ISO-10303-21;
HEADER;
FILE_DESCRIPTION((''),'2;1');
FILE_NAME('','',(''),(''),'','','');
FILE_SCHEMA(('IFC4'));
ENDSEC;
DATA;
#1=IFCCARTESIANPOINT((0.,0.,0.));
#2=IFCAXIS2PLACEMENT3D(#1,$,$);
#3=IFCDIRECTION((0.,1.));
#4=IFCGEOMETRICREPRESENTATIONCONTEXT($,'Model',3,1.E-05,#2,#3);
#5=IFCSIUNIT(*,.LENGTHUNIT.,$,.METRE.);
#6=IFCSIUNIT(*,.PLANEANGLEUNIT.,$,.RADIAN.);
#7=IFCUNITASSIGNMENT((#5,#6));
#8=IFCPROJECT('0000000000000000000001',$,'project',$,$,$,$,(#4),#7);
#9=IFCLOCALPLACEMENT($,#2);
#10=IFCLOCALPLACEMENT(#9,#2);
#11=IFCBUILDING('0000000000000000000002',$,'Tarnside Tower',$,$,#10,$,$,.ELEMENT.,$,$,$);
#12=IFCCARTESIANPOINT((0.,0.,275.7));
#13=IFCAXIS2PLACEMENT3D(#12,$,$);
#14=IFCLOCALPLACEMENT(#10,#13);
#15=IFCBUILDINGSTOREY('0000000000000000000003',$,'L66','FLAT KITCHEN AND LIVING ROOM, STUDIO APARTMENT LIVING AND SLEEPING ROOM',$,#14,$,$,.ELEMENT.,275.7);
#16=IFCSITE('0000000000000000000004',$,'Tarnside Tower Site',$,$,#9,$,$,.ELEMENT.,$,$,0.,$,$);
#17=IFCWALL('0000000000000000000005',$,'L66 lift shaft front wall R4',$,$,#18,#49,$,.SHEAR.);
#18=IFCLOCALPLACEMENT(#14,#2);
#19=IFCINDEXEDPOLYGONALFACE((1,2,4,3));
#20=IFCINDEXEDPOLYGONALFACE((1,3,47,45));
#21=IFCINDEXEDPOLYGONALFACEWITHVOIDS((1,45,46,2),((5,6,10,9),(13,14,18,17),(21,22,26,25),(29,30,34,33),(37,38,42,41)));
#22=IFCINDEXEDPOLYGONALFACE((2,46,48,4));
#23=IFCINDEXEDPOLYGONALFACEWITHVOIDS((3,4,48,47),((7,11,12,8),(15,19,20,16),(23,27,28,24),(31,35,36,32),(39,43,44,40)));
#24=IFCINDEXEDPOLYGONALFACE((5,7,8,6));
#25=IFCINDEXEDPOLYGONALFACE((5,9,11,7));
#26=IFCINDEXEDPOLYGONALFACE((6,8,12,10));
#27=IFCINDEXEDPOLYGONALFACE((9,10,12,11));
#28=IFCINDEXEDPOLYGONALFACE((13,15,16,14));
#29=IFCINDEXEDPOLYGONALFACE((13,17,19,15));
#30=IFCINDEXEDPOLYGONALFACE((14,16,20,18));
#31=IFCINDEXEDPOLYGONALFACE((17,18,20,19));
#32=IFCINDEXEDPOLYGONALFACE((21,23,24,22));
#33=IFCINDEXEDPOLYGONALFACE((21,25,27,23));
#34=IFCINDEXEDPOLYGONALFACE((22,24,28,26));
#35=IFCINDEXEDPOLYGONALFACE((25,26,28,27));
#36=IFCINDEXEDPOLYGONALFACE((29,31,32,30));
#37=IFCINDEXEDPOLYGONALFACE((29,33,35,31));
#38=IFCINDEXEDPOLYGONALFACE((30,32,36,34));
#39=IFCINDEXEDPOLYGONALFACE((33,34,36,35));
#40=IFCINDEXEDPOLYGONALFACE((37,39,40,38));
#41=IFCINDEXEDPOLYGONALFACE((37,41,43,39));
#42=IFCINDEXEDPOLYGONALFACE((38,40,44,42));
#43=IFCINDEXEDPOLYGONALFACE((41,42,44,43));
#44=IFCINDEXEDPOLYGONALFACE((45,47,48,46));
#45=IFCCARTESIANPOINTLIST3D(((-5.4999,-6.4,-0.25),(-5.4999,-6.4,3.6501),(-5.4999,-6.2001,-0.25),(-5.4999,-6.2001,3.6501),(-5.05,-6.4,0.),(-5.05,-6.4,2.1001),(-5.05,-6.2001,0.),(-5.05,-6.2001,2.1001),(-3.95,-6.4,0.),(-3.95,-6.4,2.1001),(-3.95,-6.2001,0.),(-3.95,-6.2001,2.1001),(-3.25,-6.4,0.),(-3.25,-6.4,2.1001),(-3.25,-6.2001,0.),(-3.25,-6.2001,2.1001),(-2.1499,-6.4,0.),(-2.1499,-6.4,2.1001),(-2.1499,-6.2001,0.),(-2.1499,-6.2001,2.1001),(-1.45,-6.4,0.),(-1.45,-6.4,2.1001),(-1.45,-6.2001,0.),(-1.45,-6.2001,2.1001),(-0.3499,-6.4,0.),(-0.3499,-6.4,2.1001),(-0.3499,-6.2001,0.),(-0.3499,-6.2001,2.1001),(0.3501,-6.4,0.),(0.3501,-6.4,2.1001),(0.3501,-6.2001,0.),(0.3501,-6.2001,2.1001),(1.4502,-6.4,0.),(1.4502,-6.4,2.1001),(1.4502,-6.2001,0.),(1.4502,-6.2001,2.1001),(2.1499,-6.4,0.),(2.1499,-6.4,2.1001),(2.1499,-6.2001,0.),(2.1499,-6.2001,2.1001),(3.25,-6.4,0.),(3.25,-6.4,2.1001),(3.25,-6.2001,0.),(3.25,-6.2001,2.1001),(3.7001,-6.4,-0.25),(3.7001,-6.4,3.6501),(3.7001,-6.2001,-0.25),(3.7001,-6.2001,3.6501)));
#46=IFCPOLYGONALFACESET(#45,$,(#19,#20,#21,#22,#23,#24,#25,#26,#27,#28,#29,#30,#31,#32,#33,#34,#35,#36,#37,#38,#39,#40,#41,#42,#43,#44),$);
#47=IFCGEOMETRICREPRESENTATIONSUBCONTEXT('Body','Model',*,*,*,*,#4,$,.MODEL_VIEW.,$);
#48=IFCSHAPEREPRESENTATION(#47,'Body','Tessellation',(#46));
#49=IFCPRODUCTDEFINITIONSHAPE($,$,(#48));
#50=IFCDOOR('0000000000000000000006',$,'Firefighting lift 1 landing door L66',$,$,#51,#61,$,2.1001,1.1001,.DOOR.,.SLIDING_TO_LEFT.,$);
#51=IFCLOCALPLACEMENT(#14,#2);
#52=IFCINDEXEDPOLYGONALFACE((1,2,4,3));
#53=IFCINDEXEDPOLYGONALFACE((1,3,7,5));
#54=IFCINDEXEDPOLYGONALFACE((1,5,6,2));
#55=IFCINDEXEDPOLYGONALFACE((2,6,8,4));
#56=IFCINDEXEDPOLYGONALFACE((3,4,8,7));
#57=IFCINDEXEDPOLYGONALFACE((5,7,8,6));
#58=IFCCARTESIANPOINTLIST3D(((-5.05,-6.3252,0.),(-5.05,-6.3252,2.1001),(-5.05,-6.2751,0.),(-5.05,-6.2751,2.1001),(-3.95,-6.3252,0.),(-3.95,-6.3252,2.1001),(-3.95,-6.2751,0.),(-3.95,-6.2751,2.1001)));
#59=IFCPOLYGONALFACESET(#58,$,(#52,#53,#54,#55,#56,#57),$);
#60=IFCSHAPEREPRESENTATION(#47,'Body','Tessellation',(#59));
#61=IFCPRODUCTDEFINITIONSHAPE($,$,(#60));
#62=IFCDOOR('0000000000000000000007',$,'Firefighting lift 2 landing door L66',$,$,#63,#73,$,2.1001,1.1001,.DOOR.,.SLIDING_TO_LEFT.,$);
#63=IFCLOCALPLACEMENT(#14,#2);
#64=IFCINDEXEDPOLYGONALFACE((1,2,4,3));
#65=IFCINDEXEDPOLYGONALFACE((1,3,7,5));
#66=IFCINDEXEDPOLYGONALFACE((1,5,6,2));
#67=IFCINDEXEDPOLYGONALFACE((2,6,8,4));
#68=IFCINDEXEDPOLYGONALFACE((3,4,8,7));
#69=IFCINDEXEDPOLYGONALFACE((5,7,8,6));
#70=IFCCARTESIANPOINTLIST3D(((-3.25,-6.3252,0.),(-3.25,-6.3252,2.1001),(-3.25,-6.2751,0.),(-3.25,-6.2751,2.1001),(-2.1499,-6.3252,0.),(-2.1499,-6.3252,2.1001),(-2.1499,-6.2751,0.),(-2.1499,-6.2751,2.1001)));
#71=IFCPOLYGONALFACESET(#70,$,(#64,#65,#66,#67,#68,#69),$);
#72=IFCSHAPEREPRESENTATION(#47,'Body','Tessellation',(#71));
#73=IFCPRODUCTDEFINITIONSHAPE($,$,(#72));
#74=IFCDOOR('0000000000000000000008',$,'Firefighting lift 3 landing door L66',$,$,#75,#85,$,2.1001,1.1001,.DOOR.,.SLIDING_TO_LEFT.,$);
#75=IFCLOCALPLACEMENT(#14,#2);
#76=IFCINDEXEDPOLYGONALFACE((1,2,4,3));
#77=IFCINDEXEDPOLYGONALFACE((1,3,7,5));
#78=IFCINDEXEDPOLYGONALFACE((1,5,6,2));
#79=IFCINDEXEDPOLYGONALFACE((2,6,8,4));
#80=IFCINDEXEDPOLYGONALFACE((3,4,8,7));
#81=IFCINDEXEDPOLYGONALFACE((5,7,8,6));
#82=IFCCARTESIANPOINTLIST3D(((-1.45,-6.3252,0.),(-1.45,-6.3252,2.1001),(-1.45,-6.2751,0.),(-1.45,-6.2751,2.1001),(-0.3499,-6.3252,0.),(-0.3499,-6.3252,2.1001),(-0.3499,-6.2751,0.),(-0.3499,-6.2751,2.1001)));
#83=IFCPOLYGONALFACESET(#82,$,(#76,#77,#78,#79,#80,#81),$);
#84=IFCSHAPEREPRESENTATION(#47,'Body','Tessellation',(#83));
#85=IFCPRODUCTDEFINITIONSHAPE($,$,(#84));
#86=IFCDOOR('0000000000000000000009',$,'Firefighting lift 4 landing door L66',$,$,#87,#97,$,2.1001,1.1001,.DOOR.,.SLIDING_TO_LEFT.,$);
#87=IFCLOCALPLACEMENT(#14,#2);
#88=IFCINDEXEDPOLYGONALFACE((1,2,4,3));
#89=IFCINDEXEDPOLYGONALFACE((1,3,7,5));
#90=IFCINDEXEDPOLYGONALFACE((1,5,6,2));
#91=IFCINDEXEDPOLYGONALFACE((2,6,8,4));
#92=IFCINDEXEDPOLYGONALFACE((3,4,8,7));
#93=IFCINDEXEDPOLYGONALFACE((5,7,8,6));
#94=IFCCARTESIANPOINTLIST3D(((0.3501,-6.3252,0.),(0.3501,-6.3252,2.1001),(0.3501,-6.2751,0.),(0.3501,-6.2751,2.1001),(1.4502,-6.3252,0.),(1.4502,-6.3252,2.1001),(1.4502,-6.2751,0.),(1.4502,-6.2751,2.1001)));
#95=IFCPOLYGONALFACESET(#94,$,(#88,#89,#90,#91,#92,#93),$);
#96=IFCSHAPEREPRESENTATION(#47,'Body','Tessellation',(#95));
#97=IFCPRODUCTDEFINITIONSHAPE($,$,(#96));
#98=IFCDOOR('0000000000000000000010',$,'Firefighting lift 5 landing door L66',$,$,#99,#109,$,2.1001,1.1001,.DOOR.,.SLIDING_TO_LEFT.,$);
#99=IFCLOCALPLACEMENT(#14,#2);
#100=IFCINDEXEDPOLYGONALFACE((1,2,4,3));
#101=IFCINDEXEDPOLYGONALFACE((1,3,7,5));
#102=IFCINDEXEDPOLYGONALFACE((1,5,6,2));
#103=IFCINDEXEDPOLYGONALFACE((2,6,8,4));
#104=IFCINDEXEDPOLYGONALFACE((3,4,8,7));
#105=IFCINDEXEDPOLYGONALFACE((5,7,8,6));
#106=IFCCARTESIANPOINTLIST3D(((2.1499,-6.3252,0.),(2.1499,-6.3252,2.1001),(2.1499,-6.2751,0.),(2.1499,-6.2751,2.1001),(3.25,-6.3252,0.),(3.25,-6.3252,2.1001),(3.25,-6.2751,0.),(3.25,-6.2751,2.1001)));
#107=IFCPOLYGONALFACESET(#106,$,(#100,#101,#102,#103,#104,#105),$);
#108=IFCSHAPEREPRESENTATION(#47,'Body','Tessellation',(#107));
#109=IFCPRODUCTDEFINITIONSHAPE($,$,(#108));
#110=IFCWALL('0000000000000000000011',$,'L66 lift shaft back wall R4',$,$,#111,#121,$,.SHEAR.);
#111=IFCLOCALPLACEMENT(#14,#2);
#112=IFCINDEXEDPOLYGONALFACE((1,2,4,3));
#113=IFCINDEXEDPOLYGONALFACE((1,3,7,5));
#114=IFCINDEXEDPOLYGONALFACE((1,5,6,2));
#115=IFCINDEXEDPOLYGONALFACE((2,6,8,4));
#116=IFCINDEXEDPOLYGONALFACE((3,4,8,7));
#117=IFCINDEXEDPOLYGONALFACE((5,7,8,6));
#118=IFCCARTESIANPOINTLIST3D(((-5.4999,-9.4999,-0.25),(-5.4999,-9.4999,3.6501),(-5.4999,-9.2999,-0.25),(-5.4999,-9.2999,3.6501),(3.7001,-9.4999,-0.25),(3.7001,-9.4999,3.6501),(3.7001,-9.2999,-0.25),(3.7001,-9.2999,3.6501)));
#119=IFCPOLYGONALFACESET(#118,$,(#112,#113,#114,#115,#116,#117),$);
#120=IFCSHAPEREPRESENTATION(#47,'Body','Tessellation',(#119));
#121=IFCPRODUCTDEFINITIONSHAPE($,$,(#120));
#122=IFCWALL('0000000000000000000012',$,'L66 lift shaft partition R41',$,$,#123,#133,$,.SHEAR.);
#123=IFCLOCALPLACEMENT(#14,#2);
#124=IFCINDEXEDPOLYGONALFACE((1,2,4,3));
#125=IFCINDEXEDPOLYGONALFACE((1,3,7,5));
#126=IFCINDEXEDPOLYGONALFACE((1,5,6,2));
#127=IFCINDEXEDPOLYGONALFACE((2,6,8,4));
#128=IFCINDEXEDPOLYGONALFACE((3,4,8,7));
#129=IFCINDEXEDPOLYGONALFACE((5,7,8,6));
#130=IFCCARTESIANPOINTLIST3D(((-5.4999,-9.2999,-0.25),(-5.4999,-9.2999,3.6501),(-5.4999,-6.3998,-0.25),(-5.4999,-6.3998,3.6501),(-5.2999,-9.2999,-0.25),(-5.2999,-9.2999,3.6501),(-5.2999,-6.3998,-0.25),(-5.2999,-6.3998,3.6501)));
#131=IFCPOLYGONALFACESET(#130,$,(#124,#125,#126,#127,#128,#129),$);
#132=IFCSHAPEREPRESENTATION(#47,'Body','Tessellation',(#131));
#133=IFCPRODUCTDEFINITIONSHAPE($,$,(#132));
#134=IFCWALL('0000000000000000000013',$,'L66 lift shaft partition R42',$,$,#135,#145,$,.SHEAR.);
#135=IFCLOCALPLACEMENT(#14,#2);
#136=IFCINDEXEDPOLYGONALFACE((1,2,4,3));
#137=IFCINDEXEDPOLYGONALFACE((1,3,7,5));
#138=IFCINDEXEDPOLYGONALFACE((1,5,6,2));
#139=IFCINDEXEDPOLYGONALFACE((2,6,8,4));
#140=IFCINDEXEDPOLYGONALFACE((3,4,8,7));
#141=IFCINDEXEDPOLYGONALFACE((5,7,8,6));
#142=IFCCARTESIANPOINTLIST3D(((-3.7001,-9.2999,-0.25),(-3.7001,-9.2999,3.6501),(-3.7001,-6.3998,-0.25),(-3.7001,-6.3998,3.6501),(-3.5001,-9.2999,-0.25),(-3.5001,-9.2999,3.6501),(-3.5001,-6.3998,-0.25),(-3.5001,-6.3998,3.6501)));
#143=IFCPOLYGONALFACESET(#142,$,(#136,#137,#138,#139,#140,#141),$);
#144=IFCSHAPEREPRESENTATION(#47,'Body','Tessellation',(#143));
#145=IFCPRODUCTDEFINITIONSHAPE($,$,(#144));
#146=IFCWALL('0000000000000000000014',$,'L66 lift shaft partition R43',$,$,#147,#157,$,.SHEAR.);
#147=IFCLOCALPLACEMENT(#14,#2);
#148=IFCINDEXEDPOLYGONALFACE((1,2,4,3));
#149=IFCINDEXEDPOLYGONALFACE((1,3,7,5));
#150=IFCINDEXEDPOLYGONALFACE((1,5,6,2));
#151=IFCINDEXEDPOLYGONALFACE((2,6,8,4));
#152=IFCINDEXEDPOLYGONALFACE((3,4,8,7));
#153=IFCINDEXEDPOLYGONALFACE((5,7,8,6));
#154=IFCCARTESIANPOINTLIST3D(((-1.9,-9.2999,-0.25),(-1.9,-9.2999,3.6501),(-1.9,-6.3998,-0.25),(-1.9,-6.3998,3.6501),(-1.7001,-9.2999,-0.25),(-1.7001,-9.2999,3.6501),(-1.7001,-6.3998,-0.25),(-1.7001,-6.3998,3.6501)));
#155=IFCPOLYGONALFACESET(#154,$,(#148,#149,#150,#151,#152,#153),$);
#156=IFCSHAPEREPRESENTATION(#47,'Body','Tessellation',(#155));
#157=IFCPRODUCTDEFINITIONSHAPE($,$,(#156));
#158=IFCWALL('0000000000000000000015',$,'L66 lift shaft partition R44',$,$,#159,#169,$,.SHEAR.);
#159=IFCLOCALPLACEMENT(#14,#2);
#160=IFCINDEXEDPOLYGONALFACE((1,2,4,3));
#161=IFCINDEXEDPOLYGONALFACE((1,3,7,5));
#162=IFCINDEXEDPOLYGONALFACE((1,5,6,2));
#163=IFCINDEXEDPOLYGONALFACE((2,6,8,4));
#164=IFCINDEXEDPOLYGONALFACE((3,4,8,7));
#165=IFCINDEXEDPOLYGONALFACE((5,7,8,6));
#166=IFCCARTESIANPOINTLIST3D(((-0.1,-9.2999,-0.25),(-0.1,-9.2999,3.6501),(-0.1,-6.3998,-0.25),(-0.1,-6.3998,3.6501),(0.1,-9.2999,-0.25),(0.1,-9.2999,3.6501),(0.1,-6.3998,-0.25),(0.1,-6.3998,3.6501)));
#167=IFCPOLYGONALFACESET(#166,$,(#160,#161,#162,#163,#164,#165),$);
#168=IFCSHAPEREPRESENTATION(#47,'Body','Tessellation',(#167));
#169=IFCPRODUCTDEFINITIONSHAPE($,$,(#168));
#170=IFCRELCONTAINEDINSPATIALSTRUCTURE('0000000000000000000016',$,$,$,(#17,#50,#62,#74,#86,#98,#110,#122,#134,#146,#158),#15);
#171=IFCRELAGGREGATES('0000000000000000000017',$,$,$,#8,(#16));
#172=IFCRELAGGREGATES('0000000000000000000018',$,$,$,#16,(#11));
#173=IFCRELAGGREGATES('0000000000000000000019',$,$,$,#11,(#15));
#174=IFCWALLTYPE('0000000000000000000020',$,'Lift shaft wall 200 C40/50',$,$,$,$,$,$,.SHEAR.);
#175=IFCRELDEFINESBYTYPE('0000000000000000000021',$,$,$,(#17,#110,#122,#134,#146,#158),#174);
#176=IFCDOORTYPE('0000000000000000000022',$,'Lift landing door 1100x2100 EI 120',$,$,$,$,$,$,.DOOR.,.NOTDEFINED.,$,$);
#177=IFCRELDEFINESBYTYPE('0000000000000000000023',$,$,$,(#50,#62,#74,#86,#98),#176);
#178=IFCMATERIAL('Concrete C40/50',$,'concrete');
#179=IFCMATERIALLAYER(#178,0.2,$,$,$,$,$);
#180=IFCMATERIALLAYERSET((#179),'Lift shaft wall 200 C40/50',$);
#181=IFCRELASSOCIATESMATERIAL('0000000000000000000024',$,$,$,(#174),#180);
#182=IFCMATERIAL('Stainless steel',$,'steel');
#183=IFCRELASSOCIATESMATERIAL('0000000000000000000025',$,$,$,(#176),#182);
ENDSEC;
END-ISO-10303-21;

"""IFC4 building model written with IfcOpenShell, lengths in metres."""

from ifc_helpers import new_model, si_unit, direction, frame, frame_2d, origin, place, context, subcontext, project, spatial, rectangle, extrude, material, layer, layer_set, type_object, element, fill, save


model = new_model("IFC4")

# Units and contexts
model_context = context("Model", 3, precision=1e-05, world=origin(), true_north=direction((0.0, 1.0)))
body_context = subcontext(model_context, "Body", "Model", "MODEL_VIEW")
ifc_project = project(units=[si_unit("LENGTHUNIT", "METRE"), si_unit("PLANEANGLEUNIT", "RADIAN")], contexts=[model_context])

# Site, building, storey
site_placement = place(None, origin())
site = spatial("IfcSite", under=ifc_project, at=site_placement, Name="Tarnside Tower Site", CompositionType="ELEMENT", RefElevation=0.0)
building_placement = place(site_placement, origin())
building = spatial("IfcBuilding", under=site, at=building_placement, Name="Tarnside Tower", CompositionType="ELEMENT")
storey_placement = place(building_placement, frame((0.0, 0.0, 275.7)))
storey = spatial("IfcBuildingStorey", under=building, at=storey_placement, Name="L66", Description="FLAT KITCHEN AND LIVING ROOM, STUDIO APARTMENT LIVING AND SLEEPING ROOM", CompositionType="ELEMENT", Elevation=275.7)

# Shared definitions
ifc_material_1 = material(Name="Concrete C40/50", Category="concrete")

# Wall, openings, doors
ifc_layer_1 = layer(ifc_material_1, 0.2)
ifc_layer_set_1 = layer_set([ifc_layer_1], Name="Lift shaft wall 200 C40/50")
wall_type_1 = type_object("IfcWallType", Name="Lift shaft wall 200 C40/50", PredefinedType="SHEAR", material=ifc_layer_set_1)
wall_1_placement = place(storey_placement, frame((-5.5, -6.3, -0.25), z_axis=(0.0, 0.0, 1.0), x_axis=(1.0, 0.0, 0.0)))
wall_1 = element("IfcWall", 1, at=wall_1_placement, inside=storey, type_object=wall_type_1, Name="L66 lift shaft front wall R4", PredefinedType="SHEAR", context=body_context, shape_type="SweptSolid", body=[
    extrude(rectangle(XDim=9.2, YDim=0.2, at=frame_2d((4.6001, 0.0))), origin(), (0.0, 0.0, 1.0), 3.9001),
])
opening_1_placement = place(wall_1_placement, frame((0.45, 0.0, 0.25)))
opening_1 = element("IfcOpeningElement", 2, at=opening_1_placement, cuts=wall_1, PredefinedType="OPENING", context=body_context, shape_type="SweptSolid", body=[
    extrude(rectangle(XDim=1.1001, YDim=2.1001, at=frame_2d((0.55, 1.05))), frame((0.0, 0.1099, 0.0), z_axis=(0.0, -1.0, 0.0), x_axis=(1.0, 0.0, 0.0)), (0.0, 0.0, 1.0), 0.22),
])
opening_2_placement = place(wall_1_placement, frame((2.25, 0.0, 0.25)))
opening_2 = element("IfcOpeningElement", 3, at=opening_2_placement, cuts=wall_1, PredefinedType="OPENING", context=body_context, shape_type="SweptSolid", body=[
    extrude(rectangle(XDim=1.1001, YDim=2.1001, at=frame_2d((0.55, 1.05))), frame((0.0, 0.1099, 0.0), z_axis=(0.0, -1.0, 0.0), x_axis=(1.0, 0.0, 0.0)), (0.0, 0.0, 1.0), 0.22),
])
opening_3_placement = place(wall_1_placement, frame((4.05, 0.0, 0.25)))
opening_3 = element("IfcOpeningElement", 4, at=opening_3_placement, cuts=wall_1, PredefinedType="OPENING", context=body_context, shape_type="SweptSolid", body=[
    extrude(rectangle(XDim=1.1001, YDim=2.1001, at=frame_2d((0.55, 1.05))), frame((0.0, 0.1099, 0.0), z_axis=(0.0, -1.0, 0.0), x_axis=(1.0, 0.0, 0.0)), (0.0, 0.0, 1.0), 0.22),
])
opening_4_placement = place(wall_1_placement, frame((5.8501, 0.0, 0.25)))
opening_4 = element("IfcOpeningElement", 5, at=opening_4_placement, cuts=wall_1, PredefinedType="OPENING", context=body_context, shape_type="SweptSolid", body=[
    extrude(rectangle(XDim=1.1001, YDim=2.1001, at=frame_2d((0.55, 1.05))), frame((0.0, 0.1099, 0.0), z_axis=(0.0, -1.0, 0.0), x_axis=(1.0, 0.0, 0.0)), (0.0, 0.0, 1.0), 0.22),
])
opening_5_placement = place(wall_1_placement, frame((7.6499, 0.0, 0.25)))
opening_5 = element("IfcOpeningElement", 6, at=opening_5_placement, cuts=wall_1, PredefinedType="OPENING", context=body_context, shape_type="SweptSolid", body=[
    extrude(rectangle(XDim=1.1001, YDim=2.1001, at=frame_2d((0.55, 1.05))), frame((0.0, 0.1099, 0.0), z_axis=(0.0, -1.0, 0.0), x_axis=(1.0, 0.0, 0.0)), (0.0, 0.0, 1.0), 0.22),
])
ifc_material_2 = material(Name="Stainless steel", Category="steel")
door_type_1 = type_object("IfcDoorType", Name="Lift landing door 1100x2100 EI 120", OperationType="NOTDEFINED", PredefinedType="DOOR", material=ifc_material_2)
door_1_placement = place(opening_1_placement, origin())
door_1 = element("IfcDoor", 7, at=door_1_placement, inside=storey, type_object=door_type_1, Name="Firefighting lift 1 landing door L66", OperationType="SLIDING_TO_LEFT", OverallHeight=2.1001, OverallWidth=1.1001, PredefinedType="DOOR", context=body_context, shape_type="SweptSolid", body=[
    extrude(rectangle(XDim=1.1001, YDim=2.1001, at=frame_2d((0.55, 1.05))), frame((0.0, 0.0249, 0.0), z_axis=(0.0, -1.0, 0.0), x_axis=(1.0, 0.0, 0.0)), (0.0, 0.0, 1.0), 0.05),
])
fill(opening_1, door_1)
door_2_placement = place(opening_2_placement, origin())
door_2 = element("IfcDoor", 8, at=door_2_placement, inside=storey, type_object=door_type_1, Name="Firefighting lift 2 landing door L66", OperationType="SLIDING_TO_LEFT", OverallHeight=2.1001, OverallWidth=1.1001, PredefinedType="DOOR", context=body_context, shape_type="SweptSolid", body=[
    extrude(rectangle(XDim=1.1001, YDim=2.1001, at=frame_2d((0.55, 1.05))), frame((0.0, 0.0249, 0.0), z_axis=(0.0, -1.0, 0.0), x_axis=(1.0, 0.0, 0.0)), (0.0, 0.0, 1.0), 0.05),
])
fill(opening_2, door_2)
door_3_placement = place(opening_3_placement, origin())
door_3 = element("IfcDoor", 9, at=door_3_placement, inside=storey, type_object=door_type_1, Name="Firefighting lift 3 landing door L66", OperationType="SLIDING_TO_LEFT", OverallHeight=2.1001, OverallWidth=1.1001, PredefinedType="DOOR", context=body_context, shape_type="SweptSolid", body=[
    extrude(rectangle(XDim=1.1001, YDim=2.1001, at=frame_2d((0.55, 1.05))), frame((0.0, 0.0249, 0.0), z_axis=(0.0, -1.0, 0.0), x_axis=(1.0, 0.0, 0.0)), (0.0, 0.0, 1.0), 0.05),
])
fill(opening_3, door_3)
door_4_placement = place(opening_4_placement, origin())
door_4 = element("IfcDoor", 10, at=door_4_placement, inside=storey, type_object=door_type_1, Name="Firefighting lift 4 landing door L66", OperationType="SLIDING_TO_LEFT", OverallHeight=2.1001, OverallWidth=1.1001, PredefinedType="DOOR", context=body_context, shape_type="SweptSolid", body=[
    extrude(rectangle(XDim=1.1001, YDim=2.1001, at=frame_2d((0.55, 1.05))), frame((0.0, 0.0249, 0.0), z_axis=(0.0, -1.0, 0.0), x_axis=(1.0, 0.0, 0.0)), (0.0, 0.0, 1.0), 0.05),
])
fill(opening_4, door_4)
door_5_placement = place(opening_5_placement, origin())
door_5 = element("IfcDoor", 11, at=door_5_placement, inside=storey, type_object=door_type_1, Name="Firefighting lift 5 landing door L66", OperationType="SLIDING_TO_LEFT", OverallHeight=2.1001, OverallWidth=1.1001, PredefinedType="DOOR", context=body_context, shape_type="SweptSolid", body=[
    extrude(rectangle(XDim=1.1001, YDim=2.1001, at=frame_2d((0.55, 1.05))), frame((0.0, 0.0249, 0.0), z_axis=(0.0, -1.0, 0.0), x_axis=(1.0, 0.0, 0.0)), (0.0, 0.0, 1.0), 0.05),
])
fill(opening_5, door_5)

# Walls
wall_2_placement = place(storey_placement, frame((-5.5, -9.3999, -0.25), z_axis=(0.0, 0.0, 1.0), x_axis=(1.0, 0.0, 0.0)))
element("IfcWall", 12, at=wall_2_placement, inside=storey, type_object=wall_type_1, Name="L66 lift shaft back wall R4", PredefinedType="SHEAR", context=body_context, shape_type="SweptSolid", body=[
    extrude(rectangle(XDim=9.2, YDim=0.2, at=frame_2d((4.6001, 0.0))), origin(), (0.0, 0.0, 1.0), 3.9001),
])
for number, where, z_axis, x_axis, name in (
    (13, (-5.3999, -9.3, -0.25), (0.0, 0.0, 1.0), (0.0, 1.0, 0.0), "L66 lift shaft partition R41"),
    (14, (-3.6001, -9.3, -0.25), (0.0, 0.0, 1.0), (0.0, 1.0, 0.0), "L66 lift shaft partition R42"),
    (15, (-1.8, -9.3, -0.25), (0.0, 0.0, 1.0), (0.0, 1.0, 0.0), "L66 lift shaft partition R43"),
    (16, (0.0, -9.3, -0.25), (0.0, 0.0, 1.0), (0.0, 1.0, 0.0), "L66 lift shaft partition R44"),
):
    element("IfcWall", number, at=place(storey_placement, frame(where, z_axis=z_axis, x_axis=x_axis)), inside=storey, type_object=wall_type_1, Name=name, PredefinedType="SHEAR", context=body_context, shape_type="SweptSolid", body=[
        extrude(rectangle(XDim=2.9001, YDim=0.2, at=frame_2d((1.4502, 0.0))), origin(), (0.0, 0.0, 1.0), 3.9001),
    ])

save(model, "model.ifc")
